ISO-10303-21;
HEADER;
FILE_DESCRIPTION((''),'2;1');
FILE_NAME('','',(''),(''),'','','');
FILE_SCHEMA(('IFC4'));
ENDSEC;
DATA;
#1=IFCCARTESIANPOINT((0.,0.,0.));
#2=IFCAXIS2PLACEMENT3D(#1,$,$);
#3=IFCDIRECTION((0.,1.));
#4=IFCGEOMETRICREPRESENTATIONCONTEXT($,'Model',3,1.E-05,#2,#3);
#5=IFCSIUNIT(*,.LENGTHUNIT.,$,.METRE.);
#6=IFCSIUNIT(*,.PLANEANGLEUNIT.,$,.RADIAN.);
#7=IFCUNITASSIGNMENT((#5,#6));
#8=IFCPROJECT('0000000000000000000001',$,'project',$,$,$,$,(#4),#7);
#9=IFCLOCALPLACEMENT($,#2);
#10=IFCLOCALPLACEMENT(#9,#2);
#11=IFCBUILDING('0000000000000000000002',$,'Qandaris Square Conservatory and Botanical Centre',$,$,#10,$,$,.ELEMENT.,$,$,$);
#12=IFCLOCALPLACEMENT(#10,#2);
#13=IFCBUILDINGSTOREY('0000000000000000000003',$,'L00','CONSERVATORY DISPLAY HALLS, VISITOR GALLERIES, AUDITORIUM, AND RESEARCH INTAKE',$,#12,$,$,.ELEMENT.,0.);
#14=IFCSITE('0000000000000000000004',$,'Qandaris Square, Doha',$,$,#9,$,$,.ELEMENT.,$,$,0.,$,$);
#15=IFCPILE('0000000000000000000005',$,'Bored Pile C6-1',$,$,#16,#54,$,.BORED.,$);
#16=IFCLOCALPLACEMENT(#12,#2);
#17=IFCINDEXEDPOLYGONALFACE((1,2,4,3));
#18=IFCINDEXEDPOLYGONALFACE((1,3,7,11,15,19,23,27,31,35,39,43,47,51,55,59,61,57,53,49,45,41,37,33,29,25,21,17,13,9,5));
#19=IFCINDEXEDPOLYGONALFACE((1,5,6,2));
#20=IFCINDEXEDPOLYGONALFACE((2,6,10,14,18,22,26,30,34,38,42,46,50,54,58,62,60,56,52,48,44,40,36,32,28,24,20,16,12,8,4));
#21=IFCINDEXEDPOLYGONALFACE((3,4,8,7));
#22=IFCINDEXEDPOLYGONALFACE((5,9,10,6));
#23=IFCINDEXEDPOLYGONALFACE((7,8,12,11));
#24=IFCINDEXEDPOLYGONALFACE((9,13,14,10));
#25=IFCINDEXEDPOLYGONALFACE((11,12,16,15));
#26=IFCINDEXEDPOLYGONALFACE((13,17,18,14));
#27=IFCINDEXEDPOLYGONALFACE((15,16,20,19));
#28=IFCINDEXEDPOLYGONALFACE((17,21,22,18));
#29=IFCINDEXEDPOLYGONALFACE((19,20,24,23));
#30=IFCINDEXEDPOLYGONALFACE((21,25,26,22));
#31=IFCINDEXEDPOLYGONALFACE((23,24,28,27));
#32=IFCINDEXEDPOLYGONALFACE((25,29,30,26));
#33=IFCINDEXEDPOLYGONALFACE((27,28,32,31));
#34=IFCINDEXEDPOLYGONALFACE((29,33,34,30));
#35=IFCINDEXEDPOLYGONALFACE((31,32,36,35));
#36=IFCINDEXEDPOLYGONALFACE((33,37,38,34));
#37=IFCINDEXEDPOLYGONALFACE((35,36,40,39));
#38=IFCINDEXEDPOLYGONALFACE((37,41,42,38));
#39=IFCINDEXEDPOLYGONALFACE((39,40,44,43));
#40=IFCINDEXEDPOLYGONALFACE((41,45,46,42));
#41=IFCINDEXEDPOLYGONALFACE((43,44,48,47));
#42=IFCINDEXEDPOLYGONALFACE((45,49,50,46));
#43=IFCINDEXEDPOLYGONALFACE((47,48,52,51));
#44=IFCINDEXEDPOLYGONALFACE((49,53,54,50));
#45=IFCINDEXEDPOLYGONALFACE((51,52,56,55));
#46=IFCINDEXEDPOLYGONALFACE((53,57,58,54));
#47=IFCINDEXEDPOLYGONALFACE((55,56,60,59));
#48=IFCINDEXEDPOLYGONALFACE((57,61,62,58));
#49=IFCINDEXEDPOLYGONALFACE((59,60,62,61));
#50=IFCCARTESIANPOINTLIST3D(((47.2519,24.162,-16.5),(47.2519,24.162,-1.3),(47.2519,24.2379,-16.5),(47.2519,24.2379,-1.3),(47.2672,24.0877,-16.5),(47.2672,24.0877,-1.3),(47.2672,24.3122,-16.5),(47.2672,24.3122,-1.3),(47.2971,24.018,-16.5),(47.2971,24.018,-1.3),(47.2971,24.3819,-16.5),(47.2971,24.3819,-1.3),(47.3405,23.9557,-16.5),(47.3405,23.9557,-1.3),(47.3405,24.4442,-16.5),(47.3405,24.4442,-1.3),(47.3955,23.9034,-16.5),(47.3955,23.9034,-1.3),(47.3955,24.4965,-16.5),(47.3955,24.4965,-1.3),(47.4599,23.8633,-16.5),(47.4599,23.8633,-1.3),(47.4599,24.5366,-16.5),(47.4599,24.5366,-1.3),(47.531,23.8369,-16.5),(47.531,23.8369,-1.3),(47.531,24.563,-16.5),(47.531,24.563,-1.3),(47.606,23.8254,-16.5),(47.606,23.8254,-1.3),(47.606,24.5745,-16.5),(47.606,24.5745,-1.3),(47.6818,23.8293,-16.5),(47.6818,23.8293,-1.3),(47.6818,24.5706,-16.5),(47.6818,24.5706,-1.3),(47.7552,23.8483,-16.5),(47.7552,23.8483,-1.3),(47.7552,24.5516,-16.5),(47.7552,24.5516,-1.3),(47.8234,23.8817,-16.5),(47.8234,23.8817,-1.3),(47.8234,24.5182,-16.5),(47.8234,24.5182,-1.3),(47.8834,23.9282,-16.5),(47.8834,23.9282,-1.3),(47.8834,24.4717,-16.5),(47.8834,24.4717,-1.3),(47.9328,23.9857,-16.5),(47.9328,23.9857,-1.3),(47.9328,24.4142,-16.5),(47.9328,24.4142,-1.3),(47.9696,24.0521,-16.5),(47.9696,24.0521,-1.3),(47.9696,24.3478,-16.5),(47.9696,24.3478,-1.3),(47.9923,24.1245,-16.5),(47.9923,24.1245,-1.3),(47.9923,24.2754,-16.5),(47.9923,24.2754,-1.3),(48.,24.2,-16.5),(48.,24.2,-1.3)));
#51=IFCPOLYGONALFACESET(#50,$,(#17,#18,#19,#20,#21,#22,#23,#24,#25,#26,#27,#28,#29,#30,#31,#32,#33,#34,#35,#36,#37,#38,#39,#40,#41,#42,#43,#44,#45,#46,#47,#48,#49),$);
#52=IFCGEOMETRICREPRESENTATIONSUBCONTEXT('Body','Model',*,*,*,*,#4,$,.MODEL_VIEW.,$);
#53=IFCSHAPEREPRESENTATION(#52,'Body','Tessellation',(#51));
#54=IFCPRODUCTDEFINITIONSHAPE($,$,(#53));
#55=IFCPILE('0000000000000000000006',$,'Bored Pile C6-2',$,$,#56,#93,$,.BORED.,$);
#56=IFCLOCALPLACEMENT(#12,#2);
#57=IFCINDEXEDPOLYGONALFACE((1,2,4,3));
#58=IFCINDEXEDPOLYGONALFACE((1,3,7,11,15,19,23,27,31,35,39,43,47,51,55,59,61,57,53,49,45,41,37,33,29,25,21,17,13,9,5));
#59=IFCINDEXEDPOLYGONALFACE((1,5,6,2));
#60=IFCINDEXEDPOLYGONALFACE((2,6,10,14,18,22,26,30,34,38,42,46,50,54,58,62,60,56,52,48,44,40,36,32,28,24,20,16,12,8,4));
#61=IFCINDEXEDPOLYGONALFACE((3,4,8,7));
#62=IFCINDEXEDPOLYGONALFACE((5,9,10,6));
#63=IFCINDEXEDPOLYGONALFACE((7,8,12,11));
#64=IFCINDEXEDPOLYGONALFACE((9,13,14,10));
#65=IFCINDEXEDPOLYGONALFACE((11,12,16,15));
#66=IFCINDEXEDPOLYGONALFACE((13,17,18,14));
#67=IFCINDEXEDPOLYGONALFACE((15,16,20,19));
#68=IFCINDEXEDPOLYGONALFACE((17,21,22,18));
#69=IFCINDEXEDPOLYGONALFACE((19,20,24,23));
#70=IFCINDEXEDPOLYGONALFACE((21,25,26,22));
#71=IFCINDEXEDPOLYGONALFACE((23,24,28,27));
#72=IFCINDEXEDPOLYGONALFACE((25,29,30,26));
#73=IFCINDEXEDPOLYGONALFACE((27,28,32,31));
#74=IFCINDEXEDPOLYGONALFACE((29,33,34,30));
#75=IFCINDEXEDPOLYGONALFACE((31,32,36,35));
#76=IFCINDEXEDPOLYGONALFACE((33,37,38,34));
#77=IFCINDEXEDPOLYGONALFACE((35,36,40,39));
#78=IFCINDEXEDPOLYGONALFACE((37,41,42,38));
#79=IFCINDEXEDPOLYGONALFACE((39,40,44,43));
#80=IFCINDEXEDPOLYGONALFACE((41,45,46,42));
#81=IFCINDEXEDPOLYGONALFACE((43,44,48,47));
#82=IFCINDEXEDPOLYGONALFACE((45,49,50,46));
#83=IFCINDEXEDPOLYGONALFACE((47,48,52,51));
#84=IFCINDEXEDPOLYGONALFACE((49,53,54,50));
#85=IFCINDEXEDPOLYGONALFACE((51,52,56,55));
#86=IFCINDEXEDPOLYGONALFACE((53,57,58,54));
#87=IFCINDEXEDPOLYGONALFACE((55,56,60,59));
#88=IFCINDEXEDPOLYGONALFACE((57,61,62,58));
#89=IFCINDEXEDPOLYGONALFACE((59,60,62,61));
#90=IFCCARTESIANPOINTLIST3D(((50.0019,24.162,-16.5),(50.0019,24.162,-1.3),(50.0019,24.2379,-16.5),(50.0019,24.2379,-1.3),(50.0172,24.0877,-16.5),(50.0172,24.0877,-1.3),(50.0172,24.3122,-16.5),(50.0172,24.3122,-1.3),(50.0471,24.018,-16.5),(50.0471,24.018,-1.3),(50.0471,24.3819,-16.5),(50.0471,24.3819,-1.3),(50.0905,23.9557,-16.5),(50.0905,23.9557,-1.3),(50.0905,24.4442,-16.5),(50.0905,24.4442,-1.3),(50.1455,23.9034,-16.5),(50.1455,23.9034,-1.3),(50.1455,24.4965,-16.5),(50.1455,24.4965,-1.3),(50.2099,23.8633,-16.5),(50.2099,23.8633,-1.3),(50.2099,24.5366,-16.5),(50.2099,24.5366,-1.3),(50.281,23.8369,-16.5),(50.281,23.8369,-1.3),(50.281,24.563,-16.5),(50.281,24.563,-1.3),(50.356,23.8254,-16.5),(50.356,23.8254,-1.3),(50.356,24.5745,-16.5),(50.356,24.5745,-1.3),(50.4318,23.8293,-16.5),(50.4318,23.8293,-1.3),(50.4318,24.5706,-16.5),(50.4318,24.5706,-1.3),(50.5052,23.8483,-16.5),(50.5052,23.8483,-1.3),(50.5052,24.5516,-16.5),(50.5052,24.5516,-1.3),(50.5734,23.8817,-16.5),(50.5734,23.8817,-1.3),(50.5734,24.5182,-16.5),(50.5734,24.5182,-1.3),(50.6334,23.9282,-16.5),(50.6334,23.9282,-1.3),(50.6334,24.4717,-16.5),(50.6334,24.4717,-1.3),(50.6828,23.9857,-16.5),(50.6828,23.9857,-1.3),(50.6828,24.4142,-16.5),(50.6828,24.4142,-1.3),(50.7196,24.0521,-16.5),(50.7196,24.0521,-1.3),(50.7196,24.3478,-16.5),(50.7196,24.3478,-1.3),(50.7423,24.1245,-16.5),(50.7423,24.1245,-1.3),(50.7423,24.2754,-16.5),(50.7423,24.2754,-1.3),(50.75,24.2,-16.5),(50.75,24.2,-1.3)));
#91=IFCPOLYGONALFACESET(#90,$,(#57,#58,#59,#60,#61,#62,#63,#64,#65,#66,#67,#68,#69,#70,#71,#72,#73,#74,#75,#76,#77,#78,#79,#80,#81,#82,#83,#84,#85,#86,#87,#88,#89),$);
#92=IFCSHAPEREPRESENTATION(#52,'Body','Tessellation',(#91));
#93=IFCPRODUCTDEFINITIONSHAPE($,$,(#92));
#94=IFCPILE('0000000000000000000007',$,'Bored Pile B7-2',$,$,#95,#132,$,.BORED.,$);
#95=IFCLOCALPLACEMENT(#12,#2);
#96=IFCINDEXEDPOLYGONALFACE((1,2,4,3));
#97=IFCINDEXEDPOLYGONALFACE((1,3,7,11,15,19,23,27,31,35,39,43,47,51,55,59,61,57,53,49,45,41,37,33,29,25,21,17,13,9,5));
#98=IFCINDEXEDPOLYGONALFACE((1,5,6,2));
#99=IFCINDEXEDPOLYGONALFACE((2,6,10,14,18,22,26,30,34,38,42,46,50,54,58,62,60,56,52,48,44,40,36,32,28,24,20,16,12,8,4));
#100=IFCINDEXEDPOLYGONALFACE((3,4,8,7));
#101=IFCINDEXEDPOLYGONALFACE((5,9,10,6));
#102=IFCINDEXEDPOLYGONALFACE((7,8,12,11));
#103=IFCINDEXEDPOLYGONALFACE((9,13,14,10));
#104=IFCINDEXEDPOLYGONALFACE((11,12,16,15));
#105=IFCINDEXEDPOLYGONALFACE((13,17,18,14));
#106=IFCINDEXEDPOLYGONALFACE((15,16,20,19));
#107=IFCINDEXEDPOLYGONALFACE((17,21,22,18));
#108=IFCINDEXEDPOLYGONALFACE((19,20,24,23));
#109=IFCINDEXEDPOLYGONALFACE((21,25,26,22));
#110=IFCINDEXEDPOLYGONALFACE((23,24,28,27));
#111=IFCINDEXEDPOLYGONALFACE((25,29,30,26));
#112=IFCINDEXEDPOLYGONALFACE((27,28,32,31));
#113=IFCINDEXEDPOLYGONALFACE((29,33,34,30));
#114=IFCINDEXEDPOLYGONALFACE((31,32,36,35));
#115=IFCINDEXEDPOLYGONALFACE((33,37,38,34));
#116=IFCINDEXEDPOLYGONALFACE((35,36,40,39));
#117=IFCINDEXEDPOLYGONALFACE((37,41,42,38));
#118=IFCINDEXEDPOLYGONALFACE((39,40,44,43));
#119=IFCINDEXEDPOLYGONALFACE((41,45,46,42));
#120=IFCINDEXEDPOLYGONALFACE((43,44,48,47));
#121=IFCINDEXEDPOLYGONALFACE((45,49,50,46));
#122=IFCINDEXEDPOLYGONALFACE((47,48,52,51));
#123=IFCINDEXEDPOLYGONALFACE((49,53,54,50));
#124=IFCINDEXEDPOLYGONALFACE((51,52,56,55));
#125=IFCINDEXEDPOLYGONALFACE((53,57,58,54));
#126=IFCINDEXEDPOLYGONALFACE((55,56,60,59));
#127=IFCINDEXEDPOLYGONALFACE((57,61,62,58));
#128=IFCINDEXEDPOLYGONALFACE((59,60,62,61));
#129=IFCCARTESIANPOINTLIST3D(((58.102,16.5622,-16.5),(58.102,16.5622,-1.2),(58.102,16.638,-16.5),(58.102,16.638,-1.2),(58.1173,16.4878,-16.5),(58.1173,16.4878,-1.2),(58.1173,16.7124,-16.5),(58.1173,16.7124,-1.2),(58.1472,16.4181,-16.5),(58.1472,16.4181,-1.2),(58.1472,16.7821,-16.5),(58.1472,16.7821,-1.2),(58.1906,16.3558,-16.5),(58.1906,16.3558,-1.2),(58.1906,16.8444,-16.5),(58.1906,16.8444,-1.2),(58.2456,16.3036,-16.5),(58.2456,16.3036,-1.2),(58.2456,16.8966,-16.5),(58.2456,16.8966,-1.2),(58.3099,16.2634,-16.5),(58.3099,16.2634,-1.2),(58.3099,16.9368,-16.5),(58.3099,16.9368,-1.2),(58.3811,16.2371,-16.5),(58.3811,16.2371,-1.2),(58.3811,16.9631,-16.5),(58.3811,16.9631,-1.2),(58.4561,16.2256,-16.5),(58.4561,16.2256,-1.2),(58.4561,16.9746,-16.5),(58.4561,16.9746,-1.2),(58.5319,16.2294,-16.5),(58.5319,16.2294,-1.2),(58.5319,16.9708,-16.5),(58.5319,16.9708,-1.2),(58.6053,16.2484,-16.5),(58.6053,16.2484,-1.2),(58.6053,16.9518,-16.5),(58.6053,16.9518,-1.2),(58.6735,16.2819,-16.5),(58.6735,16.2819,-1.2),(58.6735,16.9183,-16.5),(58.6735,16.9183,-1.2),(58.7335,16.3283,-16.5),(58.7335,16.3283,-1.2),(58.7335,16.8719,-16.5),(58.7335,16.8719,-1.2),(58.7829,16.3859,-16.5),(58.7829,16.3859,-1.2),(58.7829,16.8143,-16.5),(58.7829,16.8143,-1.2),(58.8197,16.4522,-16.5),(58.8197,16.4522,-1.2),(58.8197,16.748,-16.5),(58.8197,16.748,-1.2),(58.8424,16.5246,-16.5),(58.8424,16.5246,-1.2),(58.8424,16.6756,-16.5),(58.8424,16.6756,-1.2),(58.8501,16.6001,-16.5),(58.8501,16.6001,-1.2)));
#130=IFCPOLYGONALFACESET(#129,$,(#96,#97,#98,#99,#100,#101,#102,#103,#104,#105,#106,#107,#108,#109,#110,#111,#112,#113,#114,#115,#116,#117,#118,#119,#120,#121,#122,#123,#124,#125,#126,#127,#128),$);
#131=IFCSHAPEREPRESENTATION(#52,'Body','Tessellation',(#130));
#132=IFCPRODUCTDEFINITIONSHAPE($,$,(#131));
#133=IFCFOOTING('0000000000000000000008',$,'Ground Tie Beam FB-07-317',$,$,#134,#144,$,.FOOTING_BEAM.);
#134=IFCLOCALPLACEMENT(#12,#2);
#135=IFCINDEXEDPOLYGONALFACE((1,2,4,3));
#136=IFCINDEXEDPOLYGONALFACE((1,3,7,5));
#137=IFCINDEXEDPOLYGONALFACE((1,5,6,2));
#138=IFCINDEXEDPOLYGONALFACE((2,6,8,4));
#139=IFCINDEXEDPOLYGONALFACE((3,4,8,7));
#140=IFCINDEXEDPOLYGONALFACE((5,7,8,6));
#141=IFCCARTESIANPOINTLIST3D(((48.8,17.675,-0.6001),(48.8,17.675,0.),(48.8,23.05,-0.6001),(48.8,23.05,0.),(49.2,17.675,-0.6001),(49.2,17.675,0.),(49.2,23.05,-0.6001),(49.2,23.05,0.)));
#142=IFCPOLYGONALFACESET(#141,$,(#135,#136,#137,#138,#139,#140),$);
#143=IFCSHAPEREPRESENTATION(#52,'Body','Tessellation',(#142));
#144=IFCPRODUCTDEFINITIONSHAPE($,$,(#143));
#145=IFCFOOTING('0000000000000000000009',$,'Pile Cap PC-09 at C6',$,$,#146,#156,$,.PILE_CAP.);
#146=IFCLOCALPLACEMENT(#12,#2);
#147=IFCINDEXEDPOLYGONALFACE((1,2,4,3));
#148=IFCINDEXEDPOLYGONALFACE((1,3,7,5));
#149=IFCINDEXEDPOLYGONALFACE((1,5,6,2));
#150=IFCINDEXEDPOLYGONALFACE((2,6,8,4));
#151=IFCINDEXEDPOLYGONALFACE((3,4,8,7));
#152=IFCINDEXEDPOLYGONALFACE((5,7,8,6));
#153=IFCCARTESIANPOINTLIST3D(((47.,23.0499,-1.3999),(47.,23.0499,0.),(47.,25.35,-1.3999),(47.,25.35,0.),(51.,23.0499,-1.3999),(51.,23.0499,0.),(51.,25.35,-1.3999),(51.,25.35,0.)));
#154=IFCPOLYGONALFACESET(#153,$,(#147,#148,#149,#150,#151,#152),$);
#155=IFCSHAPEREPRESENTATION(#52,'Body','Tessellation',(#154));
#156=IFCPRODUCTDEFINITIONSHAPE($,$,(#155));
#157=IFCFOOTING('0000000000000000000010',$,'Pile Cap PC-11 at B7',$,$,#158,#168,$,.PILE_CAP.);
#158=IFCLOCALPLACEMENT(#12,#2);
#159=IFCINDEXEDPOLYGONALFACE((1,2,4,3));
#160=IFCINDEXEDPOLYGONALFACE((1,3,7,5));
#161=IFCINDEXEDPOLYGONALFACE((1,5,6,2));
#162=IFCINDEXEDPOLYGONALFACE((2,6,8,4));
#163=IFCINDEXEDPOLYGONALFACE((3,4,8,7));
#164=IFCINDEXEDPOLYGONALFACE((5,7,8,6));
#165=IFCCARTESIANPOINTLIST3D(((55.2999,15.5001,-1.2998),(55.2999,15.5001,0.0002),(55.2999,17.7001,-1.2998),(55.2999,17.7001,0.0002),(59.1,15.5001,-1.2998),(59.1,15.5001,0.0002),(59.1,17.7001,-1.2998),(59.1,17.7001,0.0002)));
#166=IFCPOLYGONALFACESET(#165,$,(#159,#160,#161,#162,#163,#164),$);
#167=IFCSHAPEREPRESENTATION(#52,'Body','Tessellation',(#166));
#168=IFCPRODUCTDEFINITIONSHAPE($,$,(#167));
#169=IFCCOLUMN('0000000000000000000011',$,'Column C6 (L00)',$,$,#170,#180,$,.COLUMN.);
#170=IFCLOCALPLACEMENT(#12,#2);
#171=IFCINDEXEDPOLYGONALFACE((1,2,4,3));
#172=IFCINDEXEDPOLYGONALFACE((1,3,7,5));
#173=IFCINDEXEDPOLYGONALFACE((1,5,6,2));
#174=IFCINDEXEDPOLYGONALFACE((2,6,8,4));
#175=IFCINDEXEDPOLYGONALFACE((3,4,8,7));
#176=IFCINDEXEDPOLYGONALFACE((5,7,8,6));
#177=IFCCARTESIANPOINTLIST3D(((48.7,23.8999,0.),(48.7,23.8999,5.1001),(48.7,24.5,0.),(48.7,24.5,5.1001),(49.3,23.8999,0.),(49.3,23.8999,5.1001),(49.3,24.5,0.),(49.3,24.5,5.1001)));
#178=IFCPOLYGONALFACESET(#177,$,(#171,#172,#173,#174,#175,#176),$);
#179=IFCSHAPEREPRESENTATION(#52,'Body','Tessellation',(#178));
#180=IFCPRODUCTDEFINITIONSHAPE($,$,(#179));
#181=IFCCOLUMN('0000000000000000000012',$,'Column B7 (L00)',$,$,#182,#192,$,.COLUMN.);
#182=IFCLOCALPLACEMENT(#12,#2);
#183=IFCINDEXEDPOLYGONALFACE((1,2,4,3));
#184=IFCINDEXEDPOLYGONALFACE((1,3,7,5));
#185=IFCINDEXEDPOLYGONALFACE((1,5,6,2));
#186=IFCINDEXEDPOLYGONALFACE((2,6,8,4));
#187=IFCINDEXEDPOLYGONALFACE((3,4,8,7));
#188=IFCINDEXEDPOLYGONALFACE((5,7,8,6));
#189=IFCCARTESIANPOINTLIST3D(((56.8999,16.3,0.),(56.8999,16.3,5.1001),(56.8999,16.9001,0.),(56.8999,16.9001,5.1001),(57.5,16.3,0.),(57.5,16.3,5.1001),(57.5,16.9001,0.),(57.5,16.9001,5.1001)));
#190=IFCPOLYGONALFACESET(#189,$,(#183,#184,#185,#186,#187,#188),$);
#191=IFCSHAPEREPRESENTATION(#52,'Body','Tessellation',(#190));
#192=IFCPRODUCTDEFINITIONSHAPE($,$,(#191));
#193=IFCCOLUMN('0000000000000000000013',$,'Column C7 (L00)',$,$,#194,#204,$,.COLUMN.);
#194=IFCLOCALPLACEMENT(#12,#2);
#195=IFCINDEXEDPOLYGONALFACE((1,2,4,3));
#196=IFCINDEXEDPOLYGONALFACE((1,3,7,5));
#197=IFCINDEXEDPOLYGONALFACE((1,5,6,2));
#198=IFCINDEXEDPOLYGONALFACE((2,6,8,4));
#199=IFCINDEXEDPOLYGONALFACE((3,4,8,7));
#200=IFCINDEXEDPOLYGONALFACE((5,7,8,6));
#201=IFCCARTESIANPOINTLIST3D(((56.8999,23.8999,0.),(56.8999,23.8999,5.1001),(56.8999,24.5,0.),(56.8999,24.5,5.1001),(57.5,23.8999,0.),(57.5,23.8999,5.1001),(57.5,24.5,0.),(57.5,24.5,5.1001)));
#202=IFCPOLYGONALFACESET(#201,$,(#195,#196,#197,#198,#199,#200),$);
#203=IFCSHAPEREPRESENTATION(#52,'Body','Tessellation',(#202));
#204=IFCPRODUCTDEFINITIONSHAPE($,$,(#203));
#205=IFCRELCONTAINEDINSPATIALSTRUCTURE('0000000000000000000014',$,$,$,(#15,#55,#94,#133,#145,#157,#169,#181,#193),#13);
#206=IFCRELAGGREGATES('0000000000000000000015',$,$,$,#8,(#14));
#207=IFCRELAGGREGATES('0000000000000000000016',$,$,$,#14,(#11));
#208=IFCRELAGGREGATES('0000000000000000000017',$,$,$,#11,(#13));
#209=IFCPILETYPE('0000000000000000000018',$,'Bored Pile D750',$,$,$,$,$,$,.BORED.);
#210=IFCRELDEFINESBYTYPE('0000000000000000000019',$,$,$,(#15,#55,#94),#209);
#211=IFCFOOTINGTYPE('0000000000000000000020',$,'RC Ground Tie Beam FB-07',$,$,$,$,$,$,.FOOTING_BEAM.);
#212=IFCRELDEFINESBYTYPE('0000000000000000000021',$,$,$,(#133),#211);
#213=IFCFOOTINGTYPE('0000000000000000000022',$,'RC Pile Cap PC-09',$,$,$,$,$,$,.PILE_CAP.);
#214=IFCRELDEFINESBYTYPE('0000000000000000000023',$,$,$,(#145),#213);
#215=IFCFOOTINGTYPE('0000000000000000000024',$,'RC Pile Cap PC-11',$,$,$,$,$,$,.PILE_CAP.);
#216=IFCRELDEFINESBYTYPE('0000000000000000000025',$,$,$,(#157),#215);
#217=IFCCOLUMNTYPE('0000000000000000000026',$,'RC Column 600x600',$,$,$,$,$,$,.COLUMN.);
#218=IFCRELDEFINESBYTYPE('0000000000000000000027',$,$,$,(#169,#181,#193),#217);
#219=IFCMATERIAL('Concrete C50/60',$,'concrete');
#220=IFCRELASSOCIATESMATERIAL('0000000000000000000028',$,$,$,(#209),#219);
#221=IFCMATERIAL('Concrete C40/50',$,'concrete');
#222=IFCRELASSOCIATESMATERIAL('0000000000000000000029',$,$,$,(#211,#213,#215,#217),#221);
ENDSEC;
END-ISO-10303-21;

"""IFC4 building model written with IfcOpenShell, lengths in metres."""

from ifc_helpers import new_model, si_unit, direction, frame, origin, origin_2d, place, context, subcontext, project, spatial, rectangle, circle, extrude, material, material_profile, profile_set, type_object, element, save


model = new_model("IFC4")

# Units and contexts
model_context = context("Model", 3, precision=1e-05, world=origin(), true_north=direction((0.0, 1.0)))
body_context = subcontext(model_context, "Body", "Model", "MODEL_VIEW")
ifc_project = project(units=[si_unit("LENGTHUNIT", "METRE"), si_unit("PLANEANGLEUNIT", "RADIAN")], contexts=[model_context])

# Site, building, storey
site_placement = place(None, origin())
site = spatial("IfcSite", under=ifc_project, at=site_placement, Name="Qandaris Square, Doha", CompositionType="ELEMENT", RefElevation=0.0)
building_placement = place(site_placement, origin())
building = spatial("IfcBuilding", under=site, at=building_placement, Name="Qandaris Square Conservatory and Botanical Centre", CompositionType="ELEMENT")
storey_placement = place(building_placement, origin())
storey = spatial("IfcBuildingStorey", under=building, at=storey_placement, Name="L00", Description="CONSERVATORY DISPLAY HALLS, VISITOR GALLERIES, AUDITORIUM, AND RESEARCH INTAKE", CompositionType="ELEMENT", Elevation=0.0)

# Piles
ifc_material_1 = material(Name="Concrete C50/60", Category="concrete")
ifc_material_profile_1 = material_profile(ifc_material_1, circle(Radius=0.375, at=origin_2d()), Name="PILE D750")
ifc_profile_set_1 = profile_set([ifc_material_profile_1], Name="Concrete C50/60")
pile_type = type_object("IfcPileType", Name="Bored Pile D750", PredefinedType="BORED", material=ifc_profile_set_1)
for number, where, z_axis, x_axis, name in (
    (1, (47.625, 24.2, -1.3), (0.0, 0.0, -1.0), (1.0, 0.0, 0.0), "Bored Pile C6-1"),
    (2, (50.375, 24.2, -1.3), (0.0, 0.0, -1.0), (1.0, 0.0, 0.0), "Bored Pile C6-2"),
):
    element("IfcPile", number, at=place(storey_placement, frame(where, z_axis=z_axis, x_axis=x_axis)), inside=storey, type_object=pile_type, Name=name, PredefinedType="BORED", context=body_context, shape_type="SweptSolid", body=[
        extrude(circle(Radius=0.375, at=origin_2d()), origin(), (0.0, 0.0, 1.0), 15.2),
    ])
pile_placement = place(storey_placement, frame((58.4751, 16.6001, -1.2), z_axis=(0.0, 0.0, -1.0), x_axis=(1.0, 0.0, 0.0)))
element("IfcPile", 3, at=pile_placement, inside=storey, type_object=pile_type, Name="Bored Pile B7-2", PredefinedType="BORED", context=body_context, shape_type="SweptSolid", body=[
    extrude(circle(Radius=0.375, at=origin_2d()), origin(), (0.0, 0.0, 1.0), 15.3),
])

# Footings
ifc_material_2 = material(Name="Concrete C40/50", Category="concrete")
ifc_material_profile_2 = material_profile(ifc_material_2, rectangle(XDim=0.3999, YDim=0.6001, at=origin_2d()), Name="FB 400x600")
ifc_profile_set_2 = profile_set([ifc_material_profile_2], Name="Concrete C40/50")
footing_type_1 = type_object("IfcFootingType", Name="RC Ground Tie Beam FB-07", PredefinedType="FOOTING_BEAM", material=ifc_profile_set_2)
footing_1_placement = place(storey_placement, frame((49.0, 17.675, -0.3), z_axis=(0.0, 1.0, 0.0), x_axis=(-1.0, 0.0, 0.0)))
element("IfcFooting", 4, at=footing_1_placement, inside=storey, type_object=footing_type_1, Name="Ground Tie Beam FB-07-317", PredefinedType="FOOTING_BEAM", context=body_context, shape_type="SweptSolid", body=[
    extrude(rectangle(XDim=0.3999, YDim=0.6001, at=origin_2d()), origin(), (0.0, 0.0, 1.0), 5.375),
])
footing_type_2 = type_object("IfcFootingType", Name="RC Pile Cap PC-09", PredefinedType="PILE_CAP", material=ifc_material_2)
footing_2_placement = place(storey_placement, frame((49.0, 24.2, -1.3999), z_axis=(0.0, 0.0, 1.0), x_axis=(1.0, 0.0, 0.0)))
element("IfcFooting", 5, at=footing_2_placement, inside=storey, type_object=footing_type_2, Name="Pile Cap PC-09 at C6", PredefinedType="PILE_CAP", context=body_context, shape_type="SweptSolid", body=[
    extrude(rectangle(XDim=4.0, YDim=2.3, at=origin_2d()), origin(), (0.0, 0.0, 1.0), 1.3999),
])
footing_type_3 = type_object("IfcFootingType", Name="RC Pile Cap PC-11", PredefinedType="PILE_CAP", material=ifc_material_2)
footing_3_placement = place(storey_placement, frame((57.2, 16.6001, -1.2998), z_axis=(0.0, 0.0, 1.0), x_axis=(1.0, 0.0, 0.0)))
element("IfcFooting", 6, at=footing_3_placement, inside=storey, type_object=footing_type_3, Name="Pile Cap PC-11 at B7", PredefinedType="PILE_CAP", context=body_context, shape_type="SweptSolid", body=[
    extrude(rectangle(XDim=3.8, YDim=2.2, at=origin_2d()), origin(), (0.0, 0.0, 1.0), 1.3),
])

# Columns
ifc_material_profile_3 = material_profile(ifc_material_2, rectangle(XDim=0.6001, YDim=0.6001, at=origin_2d()), Name="RC-COL 600x600")
ifc_profile_set_3 = profile_set([ifc_material_profile_3], Name="Concrete C40/50")
column_type = type_object("IfcColumnType", Name="RC Column 600x600", PredefinedType="COLUMN", material=ifc_profile_set_3)
for number, where, z_axis, x_axis, name in (
    (7, (49.0, 24.2, 0.0), (0.0, 0.0, 1.0), (1.0, 0.0, 0.0), "Column C6 (L00)"),
    (8, (57.2, 16.6001, 0.0), (0.0, 0.0, 1.0), (1.0, 0.0, 0.0), "Column B7 (L00)"),
    (9, (57.2, 24.2, 0.0), (0.0, 0.0, 1.0), (1.0, 0.0, 0.0), "Column C7 (L00)"),
):
    element("IfcColumn", number, at=place(storey_placement, frame(where, z_axis=z_axis, x_axis=x_axis)), inside=storey, type_object=column_type, Name=name, PredefinedType="COLUMN", context=body_context, shape_type="SweptSolid", body=[
        extrude(rectangle(XDim=0.6001, YDim=0.6001, at=origin_2d()), origin(), (0.0, 0.0, 1.0), 5.1001),
    ])

save(model, "model.ifc")
